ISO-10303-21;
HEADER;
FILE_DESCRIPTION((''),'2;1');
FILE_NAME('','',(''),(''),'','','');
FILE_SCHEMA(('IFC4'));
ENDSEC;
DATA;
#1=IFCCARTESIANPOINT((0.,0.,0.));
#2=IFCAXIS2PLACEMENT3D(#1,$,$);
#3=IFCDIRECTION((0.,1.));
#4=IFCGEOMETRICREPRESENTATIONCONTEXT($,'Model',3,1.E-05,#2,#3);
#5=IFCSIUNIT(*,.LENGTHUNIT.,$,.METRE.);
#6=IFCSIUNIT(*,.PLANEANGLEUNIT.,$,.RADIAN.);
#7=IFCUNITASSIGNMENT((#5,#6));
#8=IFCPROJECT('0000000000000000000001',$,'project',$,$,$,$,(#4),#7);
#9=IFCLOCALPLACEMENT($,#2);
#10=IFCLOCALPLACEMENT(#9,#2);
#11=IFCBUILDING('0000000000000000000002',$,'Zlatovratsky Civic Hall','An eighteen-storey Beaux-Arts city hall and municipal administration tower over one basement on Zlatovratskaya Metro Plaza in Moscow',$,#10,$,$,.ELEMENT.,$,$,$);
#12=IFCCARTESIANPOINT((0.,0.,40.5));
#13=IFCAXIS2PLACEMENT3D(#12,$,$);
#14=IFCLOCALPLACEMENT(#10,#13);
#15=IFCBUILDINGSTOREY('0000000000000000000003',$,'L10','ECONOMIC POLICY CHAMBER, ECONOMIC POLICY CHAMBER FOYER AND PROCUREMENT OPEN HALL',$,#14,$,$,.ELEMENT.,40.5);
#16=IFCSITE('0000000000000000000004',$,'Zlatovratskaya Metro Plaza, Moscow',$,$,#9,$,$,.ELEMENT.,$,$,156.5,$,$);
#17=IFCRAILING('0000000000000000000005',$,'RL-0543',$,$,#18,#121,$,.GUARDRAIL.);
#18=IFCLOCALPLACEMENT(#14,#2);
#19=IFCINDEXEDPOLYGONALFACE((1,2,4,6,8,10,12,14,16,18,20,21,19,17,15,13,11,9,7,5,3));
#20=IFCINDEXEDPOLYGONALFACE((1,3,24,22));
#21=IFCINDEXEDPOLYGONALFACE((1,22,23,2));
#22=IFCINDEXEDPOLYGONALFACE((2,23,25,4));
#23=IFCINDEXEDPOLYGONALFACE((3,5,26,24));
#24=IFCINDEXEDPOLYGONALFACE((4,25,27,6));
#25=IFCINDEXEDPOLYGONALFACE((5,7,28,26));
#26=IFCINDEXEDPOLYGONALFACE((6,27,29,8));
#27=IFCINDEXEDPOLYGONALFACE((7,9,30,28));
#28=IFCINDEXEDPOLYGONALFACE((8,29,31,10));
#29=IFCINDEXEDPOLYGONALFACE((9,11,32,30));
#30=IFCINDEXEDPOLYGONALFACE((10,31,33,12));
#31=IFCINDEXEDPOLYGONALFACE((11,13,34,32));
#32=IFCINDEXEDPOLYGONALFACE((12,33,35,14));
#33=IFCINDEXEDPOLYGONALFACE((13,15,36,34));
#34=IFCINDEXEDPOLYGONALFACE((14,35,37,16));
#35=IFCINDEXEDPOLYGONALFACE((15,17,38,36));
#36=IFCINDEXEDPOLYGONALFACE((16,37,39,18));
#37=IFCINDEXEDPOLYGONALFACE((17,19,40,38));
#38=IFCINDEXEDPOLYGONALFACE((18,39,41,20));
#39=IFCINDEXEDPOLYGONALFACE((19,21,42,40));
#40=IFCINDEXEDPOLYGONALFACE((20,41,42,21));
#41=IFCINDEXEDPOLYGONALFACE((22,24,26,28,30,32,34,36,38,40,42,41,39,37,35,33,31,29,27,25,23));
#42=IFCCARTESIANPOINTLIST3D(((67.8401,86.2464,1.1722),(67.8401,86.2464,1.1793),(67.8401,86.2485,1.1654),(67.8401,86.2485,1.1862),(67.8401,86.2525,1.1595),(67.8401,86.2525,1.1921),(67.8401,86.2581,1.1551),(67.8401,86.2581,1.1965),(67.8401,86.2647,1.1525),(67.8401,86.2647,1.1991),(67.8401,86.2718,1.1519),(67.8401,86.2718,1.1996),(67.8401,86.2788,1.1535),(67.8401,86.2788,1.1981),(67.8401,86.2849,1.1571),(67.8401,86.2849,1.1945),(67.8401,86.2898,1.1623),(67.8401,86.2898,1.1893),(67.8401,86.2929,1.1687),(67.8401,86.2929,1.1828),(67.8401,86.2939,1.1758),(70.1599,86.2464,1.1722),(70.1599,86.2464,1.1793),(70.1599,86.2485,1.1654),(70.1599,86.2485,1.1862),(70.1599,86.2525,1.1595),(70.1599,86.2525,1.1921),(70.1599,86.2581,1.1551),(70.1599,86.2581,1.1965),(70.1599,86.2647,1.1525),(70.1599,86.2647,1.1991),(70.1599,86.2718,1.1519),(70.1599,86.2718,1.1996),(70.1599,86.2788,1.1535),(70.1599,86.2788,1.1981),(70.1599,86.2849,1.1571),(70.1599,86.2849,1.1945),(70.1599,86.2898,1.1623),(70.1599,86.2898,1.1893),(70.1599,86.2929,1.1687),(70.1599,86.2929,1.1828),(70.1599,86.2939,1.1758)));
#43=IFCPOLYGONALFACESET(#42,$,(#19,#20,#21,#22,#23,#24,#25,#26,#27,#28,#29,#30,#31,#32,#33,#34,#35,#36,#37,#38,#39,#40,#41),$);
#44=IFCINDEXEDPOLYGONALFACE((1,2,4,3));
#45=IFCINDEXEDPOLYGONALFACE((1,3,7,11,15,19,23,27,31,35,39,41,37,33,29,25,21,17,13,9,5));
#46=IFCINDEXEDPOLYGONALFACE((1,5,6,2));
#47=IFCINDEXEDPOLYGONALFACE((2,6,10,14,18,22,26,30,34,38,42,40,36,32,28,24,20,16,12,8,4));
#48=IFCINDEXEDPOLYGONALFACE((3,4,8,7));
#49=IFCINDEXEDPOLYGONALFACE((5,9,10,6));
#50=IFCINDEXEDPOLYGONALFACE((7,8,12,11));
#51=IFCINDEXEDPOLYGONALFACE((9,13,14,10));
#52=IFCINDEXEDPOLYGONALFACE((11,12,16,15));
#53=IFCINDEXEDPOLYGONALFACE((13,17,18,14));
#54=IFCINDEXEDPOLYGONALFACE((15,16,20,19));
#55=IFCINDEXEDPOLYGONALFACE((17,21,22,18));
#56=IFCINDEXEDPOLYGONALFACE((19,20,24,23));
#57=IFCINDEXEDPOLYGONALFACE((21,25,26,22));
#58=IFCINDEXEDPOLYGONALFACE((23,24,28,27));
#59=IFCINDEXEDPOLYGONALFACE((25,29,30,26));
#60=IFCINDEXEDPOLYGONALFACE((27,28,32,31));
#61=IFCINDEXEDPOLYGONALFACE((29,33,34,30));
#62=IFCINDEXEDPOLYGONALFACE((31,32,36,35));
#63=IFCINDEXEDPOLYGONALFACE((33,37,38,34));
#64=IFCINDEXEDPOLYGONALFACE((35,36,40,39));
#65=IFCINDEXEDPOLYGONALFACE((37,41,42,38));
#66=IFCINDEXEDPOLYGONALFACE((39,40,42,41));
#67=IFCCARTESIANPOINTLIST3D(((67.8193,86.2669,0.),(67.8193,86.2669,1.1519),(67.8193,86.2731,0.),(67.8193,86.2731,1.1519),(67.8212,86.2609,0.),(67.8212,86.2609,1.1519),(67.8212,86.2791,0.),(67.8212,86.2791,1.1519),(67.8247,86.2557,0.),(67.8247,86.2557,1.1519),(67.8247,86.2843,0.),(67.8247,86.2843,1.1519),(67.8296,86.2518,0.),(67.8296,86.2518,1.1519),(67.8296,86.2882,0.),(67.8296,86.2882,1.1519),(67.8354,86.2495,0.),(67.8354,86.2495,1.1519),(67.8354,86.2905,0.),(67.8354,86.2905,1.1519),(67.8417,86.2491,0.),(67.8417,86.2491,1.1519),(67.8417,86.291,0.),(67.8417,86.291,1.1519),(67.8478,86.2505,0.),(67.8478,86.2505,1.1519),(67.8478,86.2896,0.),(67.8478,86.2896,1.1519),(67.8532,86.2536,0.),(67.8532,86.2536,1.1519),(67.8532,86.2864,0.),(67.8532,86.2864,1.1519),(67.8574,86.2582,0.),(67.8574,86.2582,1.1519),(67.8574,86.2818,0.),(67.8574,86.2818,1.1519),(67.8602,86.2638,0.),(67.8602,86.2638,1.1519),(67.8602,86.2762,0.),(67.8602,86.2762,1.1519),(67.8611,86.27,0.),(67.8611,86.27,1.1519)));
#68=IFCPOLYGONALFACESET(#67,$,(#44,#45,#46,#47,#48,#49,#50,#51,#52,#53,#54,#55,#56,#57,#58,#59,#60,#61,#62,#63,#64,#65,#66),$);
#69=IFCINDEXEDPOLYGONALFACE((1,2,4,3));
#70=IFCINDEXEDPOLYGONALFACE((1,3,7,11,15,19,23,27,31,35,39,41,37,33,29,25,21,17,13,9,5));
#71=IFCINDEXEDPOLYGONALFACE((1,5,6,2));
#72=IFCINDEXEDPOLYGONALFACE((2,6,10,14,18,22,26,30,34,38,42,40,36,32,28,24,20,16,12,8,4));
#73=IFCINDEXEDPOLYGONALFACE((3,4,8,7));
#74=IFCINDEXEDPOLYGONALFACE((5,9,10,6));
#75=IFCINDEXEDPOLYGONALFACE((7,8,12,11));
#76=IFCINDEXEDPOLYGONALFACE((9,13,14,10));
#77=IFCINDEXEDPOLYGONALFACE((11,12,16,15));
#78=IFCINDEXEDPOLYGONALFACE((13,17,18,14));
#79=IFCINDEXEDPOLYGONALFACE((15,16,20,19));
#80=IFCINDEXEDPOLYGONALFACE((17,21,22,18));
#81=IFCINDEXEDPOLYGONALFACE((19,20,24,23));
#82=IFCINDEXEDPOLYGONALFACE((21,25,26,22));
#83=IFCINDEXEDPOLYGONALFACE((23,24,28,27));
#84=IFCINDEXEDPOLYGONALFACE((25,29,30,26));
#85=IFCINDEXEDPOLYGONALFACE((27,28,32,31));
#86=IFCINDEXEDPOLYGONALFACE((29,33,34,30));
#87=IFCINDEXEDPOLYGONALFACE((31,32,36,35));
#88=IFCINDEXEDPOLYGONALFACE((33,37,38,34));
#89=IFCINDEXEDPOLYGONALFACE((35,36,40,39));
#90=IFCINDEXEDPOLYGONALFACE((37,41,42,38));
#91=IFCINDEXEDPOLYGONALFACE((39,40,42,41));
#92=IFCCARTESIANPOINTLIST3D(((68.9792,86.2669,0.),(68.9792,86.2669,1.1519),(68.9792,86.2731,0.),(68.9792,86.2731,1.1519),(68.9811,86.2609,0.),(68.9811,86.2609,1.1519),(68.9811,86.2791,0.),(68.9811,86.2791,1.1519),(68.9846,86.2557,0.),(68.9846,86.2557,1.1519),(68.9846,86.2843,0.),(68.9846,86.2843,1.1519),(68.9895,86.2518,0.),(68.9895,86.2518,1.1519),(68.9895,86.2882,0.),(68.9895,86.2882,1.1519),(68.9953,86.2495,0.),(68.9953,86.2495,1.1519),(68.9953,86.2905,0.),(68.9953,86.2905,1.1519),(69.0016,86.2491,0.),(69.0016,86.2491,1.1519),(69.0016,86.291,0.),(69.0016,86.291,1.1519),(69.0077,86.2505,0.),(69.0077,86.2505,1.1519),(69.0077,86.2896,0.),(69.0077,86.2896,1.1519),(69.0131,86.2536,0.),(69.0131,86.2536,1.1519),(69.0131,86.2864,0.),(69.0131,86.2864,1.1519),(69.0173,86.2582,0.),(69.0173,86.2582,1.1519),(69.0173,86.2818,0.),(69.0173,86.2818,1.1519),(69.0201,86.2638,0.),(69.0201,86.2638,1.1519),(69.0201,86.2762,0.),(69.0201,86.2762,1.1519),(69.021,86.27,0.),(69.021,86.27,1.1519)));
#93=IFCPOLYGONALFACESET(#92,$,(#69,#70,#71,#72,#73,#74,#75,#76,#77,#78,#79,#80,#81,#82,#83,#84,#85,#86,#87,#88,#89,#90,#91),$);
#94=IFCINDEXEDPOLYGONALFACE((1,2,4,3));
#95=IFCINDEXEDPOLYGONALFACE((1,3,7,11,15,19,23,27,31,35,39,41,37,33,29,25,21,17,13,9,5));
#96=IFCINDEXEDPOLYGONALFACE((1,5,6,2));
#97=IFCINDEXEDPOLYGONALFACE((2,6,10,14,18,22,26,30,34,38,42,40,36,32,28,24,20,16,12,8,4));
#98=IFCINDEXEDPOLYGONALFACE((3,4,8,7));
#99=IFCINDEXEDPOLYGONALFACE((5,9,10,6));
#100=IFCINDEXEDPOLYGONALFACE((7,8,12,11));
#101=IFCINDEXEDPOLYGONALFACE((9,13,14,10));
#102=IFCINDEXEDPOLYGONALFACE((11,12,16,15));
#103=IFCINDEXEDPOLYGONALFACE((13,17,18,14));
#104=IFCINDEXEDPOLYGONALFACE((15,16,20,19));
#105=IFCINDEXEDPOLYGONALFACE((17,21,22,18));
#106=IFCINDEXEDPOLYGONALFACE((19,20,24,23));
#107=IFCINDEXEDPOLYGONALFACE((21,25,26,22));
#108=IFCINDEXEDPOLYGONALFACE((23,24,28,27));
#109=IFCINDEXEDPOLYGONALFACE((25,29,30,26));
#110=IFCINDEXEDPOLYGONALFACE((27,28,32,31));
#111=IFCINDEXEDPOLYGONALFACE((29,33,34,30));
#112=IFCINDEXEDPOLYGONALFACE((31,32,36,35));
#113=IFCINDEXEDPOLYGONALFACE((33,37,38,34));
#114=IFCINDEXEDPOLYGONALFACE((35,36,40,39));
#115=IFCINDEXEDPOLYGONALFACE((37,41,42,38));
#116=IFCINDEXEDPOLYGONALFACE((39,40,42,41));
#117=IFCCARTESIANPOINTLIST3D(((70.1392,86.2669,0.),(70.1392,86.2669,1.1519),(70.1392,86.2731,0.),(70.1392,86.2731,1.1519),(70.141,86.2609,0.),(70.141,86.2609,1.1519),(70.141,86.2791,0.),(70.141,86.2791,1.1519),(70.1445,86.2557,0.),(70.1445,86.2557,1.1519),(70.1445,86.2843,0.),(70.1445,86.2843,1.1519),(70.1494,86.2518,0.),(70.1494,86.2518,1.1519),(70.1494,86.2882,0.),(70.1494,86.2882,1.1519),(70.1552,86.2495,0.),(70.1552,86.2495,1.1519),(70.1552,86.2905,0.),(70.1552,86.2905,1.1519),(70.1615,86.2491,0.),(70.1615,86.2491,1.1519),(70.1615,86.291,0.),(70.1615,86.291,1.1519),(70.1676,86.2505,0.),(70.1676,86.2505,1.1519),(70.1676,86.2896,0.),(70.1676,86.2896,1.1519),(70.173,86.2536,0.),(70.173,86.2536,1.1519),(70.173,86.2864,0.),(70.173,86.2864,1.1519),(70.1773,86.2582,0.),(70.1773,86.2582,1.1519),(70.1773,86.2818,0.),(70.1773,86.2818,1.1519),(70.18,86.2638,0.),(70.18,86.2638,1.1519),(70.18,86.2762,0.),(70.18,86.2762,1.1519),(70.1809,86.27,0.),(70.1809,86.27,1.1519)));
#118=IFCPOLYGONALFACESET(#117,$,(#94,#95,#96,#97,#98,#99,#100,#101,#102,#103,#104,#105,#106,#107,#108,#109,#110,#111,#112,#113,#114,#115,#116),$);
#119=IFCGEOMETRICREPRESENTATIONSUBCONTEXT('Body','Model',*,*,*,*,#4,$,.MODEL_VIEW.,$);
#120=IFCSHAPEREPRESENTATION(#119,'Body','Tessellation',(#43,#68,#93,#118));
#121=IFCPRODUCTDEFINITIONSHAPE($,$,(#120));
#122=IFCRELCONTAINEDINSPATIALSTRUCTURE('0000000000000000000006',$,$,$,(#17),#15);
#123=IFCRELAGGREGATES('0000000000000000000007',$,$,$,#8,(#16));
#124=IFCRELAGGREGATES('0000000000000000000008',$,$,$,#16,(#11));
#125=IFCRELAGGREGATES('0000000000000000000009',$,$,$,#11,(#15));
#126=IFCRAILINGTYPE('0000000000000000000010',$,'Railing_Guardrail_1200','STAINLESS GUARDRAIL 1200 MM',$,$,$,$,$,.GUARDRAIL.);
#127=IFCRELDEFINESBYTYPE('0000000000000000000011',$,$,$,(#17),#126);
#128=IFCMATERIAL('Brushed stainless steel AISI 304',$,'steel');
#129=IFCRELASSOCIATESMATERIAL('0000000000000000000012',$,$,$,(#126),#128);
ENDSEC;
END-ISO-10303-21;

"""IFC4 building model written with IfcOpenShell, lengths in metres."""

from ifc_helpers import new_model, si_unit, direction, frame, origin, origin_2d, place, context, subcontext, project, spatial, circle, extrude, material, type_object, element, save


model = new_model("IFC4")

# Units and contexts
model_context = context("Model", 3, precision=1e-05, world=origin(), true_north=direction((0.0, 1.0)))
body_context = subcontext(model_context, "Body", "Model", "MODEL_VIEW")
ifc_project = project(units=[si_unit("LENGTHUNIT", "METRE"), si_unit("PLANEANGLEUNIT", "RADIAN")], contexts=[model_context])

# Site, building, storey
site_placement = place(None, origin())
site = spatial("IfcSite", under=ifc_project, at=site_placement, Name="Zlatovratskaya Metro Plaza, Moscow", CompositionType="ELEMENT", RefElevation=156.5)
building_placement = place(site_placement, origin())
building = spatial("IfcBuilding", under=site, at=building_placement, Name="Zlatovratsky Civic Hall", Description="An eighteen-storey Beaux-Arts city hall and municipal administration tower over one basement on Zlatovratskaya Metro Plaza in Moscow", CompositionType="ELEMENT")
storey_placement = place(building_placement, frame((0.0, 0.0, 40.5)))
storey = spatial("IfcBuildingStorey", under=building, at=storey_placement, Name="L10", Description="ECONOMIC POLICY CHAMBER, ECONOMIC POLICY CHAMBER FOYER AND PROCUREMENT OPEN HALL", CompositionType="ELEMENT", Elevation=40.5)

# Railing
ifc_material_1 = material(Name="Brushed stainless steel AISI 304", Category="steel")
railing_type_1 = type_object("IfcRailingType", Name="Railing_Guardrail_1200", Description="STAINLESS GUARDRAIL 1200 MM", PredefinedType="GUARDRAIL", material=ifc_material_1)
railing_1_placement = place(storey_placement, frame((67.8401, 86.27, 0.0)))
element("IfcRailing", 1, at=railing_1_placement, inside=storey, type_object=railing_type_1, Name="RL-0543", PredefinedType="GUARDRAIL", context=body_context, shape_type="SweptSolid", body=[
    extrude(circle(Radius=0.0239, at=origin_2d()), frame((0.0, 0.0, 1.1758), z_axis=(1.0, 0.0, 0.0), x_axis=(0.0, 1.0, 0.0)), (0.0, 0.0, 1.0), 2.3198),
    extrude(circle(Radius=0.021, at=origin_2d()), origin(), (0.0, 0.0, 1.0), 1.1519),
    extrude(circle(Radius=0.021, at=origin_2d()), frame((1.1599, 0.0, 0.0)), (0.0, 0.0, 1.0), 1.1519),
    extrude(circle(Radius=0.021, at=origin_2d()), frame((2.3198, 0.0, 0.0)), (0.0, 0.0, 1.0), 1.1519),
])

save(model, "model.ifc")
